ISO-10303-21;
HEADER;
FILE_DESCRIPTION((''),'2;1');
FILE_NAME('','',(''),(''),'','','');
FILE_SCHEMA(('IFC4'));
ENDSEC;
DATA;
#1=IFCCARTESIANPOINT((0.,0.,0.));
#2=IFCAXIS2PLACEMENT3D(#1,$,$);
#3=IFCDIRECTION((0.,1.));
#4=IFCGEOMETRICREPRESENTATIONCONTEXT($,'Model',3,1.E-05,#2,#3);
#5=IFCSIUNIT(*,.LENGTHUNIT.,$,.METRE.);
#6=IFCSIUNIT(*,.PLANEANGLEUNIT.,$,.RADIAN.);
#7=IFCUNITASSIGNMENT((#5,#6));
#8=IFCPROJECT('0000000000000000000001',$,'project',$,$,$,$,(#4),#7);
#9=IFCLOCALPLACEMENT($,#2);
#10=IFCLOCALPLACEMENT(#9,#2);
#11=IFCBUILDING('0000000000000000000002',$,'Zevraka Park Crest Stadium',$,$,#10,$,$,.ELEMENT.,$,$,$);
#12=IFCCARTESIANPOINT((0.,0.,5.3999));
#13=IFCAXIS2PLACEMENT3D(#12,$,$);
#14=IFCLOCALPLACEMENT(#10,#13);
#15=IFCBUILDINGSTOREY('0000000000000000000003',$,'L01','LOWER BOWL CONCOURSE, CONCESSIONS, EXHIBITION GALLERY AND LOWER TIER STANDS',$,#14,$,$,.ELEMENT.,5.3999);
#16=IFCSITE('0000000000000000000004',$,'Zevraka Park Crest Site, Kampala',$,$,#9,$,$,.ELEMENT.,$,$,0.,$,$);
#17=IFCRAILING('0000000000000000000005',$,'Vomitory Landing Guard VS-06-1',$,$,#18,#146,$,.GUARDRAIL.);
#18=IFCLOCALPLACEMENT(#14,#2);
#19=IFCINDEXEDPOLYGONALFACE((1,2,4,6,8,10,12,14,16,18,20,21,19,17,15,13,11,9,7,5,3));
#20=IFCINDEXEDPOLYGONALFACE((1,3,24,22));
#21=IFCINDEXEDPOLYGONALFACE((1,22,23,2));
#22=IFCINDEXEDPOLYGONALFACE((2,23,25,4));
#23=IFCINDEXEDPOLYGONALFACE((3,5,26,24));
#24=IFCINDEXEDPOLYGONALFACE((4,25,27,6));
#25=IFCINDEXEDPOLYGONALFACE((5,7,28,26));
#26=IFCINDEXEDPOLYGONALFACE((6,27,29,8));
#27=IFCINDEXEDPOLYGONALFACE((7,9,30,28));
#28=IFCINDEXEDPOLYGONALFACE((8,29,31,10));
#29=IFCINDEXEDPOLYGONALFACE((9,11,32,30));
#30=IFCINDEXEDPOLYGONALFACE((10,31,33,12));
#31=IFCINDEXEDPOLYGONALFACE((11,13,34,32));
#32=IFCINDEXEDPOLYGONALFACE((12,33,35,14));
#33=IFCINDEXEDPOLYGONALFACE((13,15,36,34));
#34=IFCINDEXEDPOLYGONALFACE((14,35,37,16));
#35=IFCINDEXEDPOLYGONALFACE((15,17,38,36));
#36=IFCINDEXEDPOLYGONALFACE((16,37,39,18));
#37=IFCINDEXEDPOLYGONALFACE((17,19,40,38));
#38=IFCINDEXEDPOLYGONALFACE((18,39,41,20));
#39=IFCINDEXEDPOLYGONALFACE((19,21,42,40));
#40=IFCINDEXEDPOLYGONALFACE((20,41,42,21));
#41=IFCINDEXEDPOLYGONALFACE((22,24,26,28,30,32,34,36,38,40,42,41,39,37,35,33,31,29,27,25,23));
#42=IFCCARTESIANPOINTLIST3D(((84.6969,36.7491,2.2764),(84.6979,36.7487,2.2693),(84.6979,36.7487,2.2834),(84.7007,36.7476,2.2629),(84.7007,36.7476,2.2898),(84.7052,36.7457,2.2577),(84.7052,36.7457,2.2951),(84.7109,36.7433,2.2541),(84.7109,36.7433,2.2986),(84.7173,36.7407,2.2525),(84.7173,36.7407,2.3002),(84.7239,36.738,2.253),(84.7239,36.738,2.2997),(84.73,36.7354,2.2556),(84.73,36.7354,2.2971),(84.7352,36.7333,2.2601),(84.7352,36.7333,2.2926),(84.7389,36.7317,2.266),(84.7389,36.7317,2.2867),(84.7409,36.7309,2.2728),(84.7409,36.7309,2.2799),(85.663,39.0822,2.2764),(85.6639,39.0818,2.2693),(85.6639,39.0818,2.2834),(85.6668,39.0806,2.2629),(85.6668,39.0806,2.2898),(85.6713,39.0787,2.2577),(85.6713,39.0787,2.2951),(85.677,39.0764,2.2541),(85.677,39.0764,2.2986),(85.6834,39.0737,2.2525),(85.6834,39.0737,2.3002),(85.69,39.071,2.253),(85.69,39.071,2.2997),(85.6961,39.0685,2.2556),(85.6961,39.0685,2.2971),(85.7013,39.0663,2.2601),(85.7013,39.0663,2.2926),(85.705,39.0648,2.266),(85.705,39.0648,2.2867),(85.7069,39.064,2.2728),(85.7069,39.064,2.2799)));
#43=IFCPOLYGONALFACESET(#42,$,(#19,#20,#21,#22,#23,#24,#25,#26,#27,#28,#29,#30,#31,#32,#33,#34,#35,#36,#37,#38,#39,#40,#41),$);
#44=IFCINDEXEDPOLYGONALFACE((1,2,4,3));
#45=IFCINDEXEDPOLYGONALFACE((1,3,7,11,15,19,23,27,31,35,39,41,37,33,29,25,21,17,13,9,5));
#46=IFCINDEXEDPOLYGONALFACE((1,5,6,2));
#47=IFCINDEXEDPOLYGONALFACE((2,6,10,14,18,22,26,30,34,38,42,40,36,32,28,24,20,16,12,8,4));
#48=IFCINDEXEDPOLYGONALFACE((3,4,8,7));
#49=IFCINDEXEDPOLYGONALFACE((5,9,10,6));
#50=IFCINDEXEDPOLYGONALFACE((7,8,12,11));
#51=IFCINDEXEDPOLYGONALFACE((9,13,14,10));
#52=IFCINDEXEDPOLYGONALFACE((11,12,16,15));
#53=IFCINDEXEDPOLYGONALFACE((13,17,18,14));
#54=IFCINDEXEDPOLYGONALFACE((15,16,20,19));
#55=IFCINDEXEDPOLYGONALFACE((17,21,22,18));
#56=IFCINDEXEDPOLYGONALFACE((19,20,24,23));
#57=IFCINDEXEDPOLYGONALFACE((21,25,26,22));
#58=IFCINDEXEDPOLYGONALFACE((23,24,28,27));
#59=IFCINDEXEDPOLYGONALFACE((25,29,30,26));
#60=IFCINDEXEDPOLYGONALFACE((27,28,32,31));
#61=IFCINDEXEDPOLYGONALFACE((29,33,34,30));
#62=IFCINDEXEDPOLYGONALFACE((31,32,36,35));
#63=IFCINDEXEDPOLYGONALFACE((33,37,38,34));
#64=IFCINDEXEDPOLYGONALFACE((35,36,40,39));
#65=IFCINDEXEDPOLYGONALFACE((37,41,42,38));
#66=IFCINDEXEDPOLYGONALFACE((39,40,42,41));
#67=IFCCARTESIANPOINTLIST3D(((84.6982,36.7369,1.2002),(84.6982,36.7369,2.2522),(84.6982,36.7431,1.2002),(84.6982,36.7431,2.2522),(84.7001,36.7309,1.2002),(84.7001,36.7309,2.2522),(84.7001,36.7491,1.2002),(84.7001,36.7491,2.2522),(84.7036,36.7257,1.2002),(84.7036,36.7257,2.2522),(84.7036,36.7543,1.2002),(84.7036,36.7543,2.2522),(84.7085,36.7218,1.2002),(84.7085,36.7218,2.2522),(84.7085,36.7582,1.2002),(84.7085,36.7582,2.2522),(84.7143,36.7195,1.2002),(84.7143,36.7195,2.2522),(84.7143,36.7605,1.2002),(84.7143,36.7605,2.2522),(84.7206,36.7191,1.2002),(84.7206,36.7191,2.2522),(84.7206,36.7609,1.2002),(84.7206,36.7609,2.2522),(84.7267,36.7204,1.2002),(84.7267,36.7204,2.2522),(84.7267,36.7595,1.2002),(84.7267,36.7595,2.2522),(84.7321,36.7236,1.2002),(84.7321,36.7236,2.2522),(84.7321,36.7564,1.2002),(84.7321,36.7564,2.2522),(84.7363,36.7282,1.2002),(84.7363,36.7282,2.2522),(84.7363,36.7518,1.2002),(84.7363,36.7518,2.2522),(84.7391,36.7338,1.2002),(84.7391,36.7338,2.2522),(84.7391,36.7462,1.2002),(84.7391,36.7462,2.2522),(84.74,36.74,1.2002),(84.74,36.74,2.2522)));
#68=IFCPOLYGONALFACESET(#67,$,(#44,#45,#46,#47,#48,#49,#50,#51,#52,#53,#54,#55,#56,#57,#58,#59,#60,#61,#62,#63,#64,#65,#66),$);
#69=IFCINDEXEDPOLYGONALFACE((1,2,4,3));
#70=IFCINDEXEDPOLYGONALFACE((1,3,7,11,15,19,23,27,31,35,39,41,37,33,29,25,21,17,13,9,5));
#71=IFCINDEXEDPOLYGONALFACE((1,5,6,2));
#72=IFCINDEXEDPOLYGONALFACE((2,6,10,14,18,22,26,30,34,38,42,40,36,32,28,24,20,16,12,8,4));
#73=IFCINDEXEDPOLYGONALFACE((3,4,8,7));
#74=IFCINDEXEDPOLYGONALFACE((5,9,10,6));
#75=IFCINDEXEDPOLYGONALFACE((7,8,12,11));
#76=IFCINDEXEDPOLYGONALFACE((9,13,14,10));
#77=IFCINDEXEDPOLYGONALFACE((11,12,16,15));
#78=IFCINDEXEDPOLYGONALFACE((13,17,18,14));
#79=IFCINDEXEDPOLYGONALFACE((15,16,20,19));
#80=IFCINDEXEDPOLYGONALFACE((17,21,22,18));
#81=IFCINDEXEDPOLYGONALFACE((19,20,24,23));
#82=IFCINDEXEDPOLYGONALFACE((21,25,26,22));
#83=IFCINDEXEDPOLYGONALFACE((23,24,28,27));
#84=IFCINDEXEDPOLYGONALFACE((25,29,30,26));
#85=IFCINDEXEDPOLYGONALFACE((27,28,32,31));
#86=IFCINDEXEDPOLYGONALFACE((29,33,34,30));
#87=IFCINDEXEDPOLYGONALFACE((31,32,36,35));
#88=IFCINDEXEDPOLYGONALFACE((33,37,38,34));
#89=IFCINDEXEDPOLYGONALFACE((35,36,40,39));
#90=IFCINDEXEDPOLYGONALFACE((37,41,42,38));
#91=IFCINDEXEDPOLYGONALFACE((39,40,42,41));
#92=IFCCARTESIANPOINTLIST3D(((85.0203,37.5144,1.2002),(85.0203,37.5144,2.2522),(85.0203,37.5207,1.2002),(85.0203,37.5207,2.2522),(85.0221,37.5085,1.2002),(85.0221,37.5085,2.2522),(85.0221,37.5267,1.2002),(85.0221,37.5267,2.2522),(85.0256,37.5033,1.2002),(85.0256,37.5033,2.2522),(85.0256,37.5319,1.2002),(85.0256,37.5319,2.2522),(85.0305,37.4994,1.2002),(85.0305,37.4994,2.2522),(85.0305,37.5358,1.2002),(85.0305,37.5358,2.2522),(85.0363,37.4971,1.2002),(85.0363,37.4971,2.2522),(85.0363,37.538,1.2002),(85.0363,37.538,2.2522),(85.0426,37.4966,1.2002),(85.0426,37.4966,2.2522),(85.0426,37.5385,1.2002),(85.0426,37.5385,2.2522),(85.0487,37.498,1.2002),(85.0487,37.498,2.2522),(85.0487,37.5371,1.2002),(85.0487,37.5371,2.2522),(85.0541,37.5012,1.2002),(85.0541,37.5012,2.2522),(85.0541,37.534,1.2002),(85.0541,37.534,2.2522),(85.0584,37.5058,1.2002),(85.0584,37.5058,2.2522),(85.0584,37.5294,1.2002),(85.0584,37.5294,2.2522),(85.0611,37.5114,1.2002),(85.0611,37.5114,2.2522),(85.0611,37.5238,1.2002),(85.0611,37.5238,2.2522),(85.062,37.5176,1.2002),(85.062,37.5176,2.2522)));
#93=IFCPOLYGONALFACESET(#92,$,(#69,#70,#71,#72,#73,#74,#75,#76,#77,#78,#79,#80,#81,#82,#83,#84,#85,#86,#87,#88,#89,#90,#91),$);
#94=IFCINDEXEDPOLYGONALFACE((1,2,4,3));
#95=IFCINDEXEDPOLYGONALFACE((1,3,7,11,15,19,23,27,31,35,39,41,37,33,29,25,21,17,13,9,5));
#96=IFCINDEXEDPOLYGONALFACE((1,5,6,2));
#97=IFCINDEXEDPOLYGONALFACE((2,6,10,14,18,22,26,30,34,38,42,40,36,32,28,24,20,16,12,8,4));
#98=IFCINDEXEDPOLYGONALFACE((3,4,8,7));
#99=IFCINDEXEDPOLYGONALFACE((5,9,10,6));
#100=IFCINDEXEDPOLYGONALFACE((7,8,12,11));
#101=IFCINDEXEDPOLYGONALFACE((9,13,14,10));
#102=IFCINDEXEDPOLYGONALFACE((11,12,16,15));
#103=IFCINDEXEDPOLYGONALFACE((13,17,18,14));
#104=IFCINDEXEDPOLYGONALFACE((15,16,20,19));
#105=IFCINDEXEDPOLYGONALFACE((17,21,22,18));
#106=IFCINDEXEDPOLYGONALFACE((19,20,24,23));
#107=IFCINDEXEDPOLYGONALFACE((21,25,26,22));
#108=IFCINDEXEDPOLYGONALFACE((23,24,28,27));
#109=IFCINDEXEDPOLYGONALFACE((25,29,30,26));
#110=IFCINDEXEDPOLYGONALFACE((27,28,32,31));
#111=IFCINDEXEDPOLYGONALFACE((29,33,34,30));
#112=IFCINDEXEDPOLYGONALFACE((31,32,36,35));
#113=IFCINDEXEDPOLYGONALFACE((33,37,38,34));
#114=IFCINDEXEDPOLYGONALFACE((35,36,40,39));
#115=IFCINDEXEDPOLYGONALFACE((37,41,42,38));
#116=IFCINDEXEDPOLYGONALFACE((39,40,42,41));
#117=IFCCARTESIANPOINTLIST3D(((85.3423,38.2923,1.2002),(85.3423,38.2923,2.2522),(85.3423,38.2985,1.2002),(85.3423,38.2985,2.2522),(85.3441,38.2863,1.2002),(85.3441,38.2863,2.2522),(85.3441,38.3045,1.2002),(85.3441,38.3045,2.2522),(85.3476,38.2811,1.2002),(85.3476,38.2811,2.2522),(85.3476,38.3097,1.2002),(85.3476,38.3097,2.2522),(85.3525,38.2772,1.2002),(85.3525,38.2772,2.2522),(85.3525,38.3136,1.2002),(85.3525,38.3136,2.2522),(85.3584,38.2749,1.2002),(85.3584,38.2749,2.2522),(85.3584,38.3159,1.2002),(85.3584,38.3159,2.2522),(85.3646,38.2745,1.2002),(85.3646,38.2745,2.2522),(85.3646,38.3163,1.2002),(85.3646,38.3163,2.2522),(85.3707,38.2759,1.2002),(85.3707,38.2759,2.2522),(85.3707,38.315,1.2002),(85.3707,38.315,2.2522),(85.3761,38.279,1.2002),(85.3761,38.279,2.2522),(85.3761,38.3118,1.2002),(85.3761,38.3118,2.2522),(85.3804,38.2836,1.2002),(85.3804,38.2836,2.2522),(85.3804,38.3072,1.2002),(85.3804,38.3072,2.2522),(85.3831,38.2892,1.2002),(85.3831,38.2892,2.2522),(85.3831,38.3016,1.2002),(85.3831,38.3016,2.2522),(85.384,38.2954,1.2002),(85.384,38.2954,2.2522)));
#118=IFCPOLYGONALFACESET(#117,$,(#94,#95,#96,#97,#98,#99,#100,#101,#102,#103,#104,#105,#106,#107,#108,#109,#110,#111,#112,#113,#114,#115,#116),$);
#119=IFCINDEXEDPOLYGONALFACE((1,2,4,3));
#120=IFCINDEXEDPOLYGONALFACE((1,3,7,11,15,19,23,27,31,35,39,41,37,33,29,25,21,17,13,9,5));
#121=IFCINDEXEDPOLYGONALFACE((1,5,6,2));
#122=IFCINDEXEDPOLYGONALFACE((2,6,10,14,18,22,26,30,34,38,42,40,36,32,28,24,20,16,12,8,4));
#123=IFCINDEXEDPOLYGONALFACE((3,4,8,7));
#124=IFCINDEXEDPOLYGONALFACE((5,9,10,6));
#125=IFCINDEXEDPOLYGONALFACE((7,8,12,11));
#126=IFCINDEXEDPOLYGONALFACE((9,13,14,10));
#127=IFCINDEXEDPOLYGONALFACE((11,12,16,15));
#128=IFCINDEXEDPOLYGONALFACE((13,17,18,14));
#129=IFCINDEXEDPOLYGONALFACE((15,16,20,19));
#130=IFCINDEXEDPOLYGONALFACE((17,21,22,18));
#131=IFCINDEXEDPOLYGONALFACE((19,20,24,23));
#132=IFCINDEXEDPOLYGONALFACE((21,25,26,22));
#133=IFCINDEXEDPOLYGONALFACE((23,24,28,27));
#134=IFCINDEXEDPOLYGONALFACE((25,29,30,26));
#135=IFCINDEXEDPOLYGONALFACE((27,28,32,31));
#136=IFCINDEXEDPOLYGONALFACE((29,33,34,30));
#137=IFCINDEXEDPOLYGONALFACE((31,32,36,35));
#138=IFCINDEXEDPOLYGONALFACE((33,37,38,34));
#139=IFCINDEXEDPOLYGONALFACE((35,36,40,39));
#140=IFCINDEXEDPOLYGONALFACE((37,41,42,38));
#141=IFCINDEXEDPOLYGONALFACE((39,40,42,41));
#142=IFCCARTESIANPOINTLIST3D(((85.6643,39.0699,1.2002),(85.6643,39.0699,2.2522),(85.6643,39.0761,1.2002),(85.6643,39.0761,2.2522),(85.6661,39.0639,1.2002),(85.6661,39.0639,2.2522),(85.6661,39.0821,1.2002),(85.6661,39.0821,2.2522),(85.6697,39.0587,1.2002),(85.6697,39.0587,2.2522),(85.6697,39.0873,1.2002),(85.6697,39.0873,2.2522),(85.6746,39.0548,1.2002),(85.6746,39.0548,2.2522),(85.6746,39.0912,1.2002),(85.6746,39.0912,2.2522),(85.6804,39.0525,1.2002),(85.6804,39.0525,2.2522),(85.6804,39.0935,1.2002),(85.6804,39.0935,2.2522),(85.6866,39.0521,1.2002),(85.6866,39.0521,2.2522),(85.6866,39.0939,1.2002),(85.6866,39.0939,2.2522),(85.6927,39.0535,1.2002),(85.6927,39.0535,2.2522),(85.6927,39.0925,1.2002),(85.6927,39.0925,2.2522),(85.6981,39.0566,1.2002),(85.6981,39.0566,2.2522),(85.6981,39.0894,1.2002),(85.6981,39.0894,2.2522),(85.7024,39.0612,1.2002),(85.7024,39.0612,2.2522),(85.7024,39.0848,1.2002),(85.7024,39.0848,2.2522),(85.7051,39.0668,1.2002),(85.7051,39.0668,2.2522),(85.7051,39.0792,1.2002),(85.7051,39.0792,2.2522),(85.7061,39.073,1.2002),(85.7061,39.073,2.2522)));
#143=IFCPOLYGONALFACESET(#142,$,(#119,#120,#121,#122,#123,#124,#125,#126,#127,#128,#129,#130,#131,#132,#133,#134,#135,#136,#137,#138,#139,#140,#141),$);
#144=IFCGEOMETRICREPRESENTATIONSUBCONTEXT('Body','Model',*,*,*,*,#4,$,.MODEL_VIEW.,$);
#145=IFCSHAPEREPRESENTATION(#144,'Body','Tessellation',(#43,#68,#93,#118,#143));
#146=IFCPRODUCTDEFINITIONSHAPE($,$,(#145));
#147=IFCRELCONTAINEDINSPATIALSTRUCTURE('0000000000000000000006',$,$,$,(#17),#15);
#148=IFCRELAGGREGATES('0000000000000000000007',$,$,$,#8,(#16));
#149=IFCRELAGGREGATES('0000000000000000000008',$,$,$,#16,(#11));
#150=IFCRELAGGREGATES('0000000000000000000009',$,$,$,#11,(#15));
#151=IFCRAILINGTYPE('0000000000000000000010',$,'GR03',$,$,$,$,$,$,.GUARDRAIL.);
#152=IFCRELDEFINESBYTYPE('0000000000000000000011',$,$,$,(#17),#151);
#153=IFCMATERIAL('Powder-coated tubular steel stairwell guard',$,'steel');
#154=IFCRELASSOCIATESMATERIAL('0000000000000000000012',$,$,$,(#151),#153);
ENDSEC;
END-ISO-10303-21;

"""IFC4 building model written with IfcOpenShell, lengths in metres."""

from ifc_helpers import new_model, si_unit, direction, frame, origin, origin_2d, place, context, subcontext, project, spatial, circle, extrude, material, type_object, element, save


model = new_model("IFC4")

# Units and contexts
model_context = context("Model", 3, precision=1e-05, world=origin(), true_north=direction((0.0, 1.0)))
body_context = subcontext(model_context, "Body", "Model", "MODEL_VIEW")
ifc_project = project(units=[si_unit("LENGTHUNIT", "METRE"), si_unit("PLANEANGLEUNIT", "RADIAN")], contexts=[model_context])

# Site, building, storey
site_placement = place(None, origin())
site = spatial("IfcSite", under=ifc_project, at=site_placement, Name="Zevraka Park Crest Site, Kampala", CompositionType="ELEMENT", RefElevation=0.0)
building_placement = place(site_placement, origin())
building = spatial("IfcBuilding", under=site, at=building_placement, Name="Zevraka Park Crest Stadium", CompositionType="ELEMENT")
storey_placement = place(building_placement, frame((0.0, 0.0, 5.3999)))
storey = spatial("IfcBuildingStorey", under=building, at=storey_placement, Name="L01", Description="LOWER BOWL CONCOURSE, CONCESSIONS, EXHIBITION GALLERY AND LOWER TIER STANDS", CompositionType="ELEMENT", Elevation=5.3999)

# Railing
ifc_material_1 = material(Name="Powder-coated tubular steel stairwell guard", Category="steel")
railing_type_1 = type_object("IfcRailingType", Name="GR03", PredefinedType="GUARDRAIL", material=ifc_material_1)
railing_1_placement = place(storey_placement, frame((84.719, 36.74, 1.2002)))
element("IfcRailing", 1, at=railing_1_placement, inside=storey, type_object=railing_type_1, Name="Vomitory Landing Guard VS-06-1", PredefinedType="GUARDRAIL", context=body_context, shape_type="SweptSolid", body=[
    extrude(circle(Radius=0.0239, at=origin_2d()), frame((0.0, 0.0, 1.0762), z_axis=(0.382582, 0.923921, 0.0), x_axis=(-0.923921, 0.382582, 0.0)), (0.0, 0.0, 1.0), 2.5251),
    extrude(circle(Radius=0.021, at=origin_2d()), origin(), (0.0, 0.0, 1.0), 1.052),
    extrude(circle(Radius=0.021, at=origin_2d()), frame((0.322, 0.7776, 0.0)), (0.0, 0.0, 1.0), 1.052),
    extrude(circle(Radius=0.021, at=origin_2d()), frame((0.644, 1.5554, 0.0)), (0.0, 0.0, 1.0), 1.052),
    extrude(circle(Radius=0.021, at=origin_2d()), frame((0.9661, 2.333, 0.0)), (0.0, 0.0, 1.0), 1.052),
])

save(model, "model.ifc")
